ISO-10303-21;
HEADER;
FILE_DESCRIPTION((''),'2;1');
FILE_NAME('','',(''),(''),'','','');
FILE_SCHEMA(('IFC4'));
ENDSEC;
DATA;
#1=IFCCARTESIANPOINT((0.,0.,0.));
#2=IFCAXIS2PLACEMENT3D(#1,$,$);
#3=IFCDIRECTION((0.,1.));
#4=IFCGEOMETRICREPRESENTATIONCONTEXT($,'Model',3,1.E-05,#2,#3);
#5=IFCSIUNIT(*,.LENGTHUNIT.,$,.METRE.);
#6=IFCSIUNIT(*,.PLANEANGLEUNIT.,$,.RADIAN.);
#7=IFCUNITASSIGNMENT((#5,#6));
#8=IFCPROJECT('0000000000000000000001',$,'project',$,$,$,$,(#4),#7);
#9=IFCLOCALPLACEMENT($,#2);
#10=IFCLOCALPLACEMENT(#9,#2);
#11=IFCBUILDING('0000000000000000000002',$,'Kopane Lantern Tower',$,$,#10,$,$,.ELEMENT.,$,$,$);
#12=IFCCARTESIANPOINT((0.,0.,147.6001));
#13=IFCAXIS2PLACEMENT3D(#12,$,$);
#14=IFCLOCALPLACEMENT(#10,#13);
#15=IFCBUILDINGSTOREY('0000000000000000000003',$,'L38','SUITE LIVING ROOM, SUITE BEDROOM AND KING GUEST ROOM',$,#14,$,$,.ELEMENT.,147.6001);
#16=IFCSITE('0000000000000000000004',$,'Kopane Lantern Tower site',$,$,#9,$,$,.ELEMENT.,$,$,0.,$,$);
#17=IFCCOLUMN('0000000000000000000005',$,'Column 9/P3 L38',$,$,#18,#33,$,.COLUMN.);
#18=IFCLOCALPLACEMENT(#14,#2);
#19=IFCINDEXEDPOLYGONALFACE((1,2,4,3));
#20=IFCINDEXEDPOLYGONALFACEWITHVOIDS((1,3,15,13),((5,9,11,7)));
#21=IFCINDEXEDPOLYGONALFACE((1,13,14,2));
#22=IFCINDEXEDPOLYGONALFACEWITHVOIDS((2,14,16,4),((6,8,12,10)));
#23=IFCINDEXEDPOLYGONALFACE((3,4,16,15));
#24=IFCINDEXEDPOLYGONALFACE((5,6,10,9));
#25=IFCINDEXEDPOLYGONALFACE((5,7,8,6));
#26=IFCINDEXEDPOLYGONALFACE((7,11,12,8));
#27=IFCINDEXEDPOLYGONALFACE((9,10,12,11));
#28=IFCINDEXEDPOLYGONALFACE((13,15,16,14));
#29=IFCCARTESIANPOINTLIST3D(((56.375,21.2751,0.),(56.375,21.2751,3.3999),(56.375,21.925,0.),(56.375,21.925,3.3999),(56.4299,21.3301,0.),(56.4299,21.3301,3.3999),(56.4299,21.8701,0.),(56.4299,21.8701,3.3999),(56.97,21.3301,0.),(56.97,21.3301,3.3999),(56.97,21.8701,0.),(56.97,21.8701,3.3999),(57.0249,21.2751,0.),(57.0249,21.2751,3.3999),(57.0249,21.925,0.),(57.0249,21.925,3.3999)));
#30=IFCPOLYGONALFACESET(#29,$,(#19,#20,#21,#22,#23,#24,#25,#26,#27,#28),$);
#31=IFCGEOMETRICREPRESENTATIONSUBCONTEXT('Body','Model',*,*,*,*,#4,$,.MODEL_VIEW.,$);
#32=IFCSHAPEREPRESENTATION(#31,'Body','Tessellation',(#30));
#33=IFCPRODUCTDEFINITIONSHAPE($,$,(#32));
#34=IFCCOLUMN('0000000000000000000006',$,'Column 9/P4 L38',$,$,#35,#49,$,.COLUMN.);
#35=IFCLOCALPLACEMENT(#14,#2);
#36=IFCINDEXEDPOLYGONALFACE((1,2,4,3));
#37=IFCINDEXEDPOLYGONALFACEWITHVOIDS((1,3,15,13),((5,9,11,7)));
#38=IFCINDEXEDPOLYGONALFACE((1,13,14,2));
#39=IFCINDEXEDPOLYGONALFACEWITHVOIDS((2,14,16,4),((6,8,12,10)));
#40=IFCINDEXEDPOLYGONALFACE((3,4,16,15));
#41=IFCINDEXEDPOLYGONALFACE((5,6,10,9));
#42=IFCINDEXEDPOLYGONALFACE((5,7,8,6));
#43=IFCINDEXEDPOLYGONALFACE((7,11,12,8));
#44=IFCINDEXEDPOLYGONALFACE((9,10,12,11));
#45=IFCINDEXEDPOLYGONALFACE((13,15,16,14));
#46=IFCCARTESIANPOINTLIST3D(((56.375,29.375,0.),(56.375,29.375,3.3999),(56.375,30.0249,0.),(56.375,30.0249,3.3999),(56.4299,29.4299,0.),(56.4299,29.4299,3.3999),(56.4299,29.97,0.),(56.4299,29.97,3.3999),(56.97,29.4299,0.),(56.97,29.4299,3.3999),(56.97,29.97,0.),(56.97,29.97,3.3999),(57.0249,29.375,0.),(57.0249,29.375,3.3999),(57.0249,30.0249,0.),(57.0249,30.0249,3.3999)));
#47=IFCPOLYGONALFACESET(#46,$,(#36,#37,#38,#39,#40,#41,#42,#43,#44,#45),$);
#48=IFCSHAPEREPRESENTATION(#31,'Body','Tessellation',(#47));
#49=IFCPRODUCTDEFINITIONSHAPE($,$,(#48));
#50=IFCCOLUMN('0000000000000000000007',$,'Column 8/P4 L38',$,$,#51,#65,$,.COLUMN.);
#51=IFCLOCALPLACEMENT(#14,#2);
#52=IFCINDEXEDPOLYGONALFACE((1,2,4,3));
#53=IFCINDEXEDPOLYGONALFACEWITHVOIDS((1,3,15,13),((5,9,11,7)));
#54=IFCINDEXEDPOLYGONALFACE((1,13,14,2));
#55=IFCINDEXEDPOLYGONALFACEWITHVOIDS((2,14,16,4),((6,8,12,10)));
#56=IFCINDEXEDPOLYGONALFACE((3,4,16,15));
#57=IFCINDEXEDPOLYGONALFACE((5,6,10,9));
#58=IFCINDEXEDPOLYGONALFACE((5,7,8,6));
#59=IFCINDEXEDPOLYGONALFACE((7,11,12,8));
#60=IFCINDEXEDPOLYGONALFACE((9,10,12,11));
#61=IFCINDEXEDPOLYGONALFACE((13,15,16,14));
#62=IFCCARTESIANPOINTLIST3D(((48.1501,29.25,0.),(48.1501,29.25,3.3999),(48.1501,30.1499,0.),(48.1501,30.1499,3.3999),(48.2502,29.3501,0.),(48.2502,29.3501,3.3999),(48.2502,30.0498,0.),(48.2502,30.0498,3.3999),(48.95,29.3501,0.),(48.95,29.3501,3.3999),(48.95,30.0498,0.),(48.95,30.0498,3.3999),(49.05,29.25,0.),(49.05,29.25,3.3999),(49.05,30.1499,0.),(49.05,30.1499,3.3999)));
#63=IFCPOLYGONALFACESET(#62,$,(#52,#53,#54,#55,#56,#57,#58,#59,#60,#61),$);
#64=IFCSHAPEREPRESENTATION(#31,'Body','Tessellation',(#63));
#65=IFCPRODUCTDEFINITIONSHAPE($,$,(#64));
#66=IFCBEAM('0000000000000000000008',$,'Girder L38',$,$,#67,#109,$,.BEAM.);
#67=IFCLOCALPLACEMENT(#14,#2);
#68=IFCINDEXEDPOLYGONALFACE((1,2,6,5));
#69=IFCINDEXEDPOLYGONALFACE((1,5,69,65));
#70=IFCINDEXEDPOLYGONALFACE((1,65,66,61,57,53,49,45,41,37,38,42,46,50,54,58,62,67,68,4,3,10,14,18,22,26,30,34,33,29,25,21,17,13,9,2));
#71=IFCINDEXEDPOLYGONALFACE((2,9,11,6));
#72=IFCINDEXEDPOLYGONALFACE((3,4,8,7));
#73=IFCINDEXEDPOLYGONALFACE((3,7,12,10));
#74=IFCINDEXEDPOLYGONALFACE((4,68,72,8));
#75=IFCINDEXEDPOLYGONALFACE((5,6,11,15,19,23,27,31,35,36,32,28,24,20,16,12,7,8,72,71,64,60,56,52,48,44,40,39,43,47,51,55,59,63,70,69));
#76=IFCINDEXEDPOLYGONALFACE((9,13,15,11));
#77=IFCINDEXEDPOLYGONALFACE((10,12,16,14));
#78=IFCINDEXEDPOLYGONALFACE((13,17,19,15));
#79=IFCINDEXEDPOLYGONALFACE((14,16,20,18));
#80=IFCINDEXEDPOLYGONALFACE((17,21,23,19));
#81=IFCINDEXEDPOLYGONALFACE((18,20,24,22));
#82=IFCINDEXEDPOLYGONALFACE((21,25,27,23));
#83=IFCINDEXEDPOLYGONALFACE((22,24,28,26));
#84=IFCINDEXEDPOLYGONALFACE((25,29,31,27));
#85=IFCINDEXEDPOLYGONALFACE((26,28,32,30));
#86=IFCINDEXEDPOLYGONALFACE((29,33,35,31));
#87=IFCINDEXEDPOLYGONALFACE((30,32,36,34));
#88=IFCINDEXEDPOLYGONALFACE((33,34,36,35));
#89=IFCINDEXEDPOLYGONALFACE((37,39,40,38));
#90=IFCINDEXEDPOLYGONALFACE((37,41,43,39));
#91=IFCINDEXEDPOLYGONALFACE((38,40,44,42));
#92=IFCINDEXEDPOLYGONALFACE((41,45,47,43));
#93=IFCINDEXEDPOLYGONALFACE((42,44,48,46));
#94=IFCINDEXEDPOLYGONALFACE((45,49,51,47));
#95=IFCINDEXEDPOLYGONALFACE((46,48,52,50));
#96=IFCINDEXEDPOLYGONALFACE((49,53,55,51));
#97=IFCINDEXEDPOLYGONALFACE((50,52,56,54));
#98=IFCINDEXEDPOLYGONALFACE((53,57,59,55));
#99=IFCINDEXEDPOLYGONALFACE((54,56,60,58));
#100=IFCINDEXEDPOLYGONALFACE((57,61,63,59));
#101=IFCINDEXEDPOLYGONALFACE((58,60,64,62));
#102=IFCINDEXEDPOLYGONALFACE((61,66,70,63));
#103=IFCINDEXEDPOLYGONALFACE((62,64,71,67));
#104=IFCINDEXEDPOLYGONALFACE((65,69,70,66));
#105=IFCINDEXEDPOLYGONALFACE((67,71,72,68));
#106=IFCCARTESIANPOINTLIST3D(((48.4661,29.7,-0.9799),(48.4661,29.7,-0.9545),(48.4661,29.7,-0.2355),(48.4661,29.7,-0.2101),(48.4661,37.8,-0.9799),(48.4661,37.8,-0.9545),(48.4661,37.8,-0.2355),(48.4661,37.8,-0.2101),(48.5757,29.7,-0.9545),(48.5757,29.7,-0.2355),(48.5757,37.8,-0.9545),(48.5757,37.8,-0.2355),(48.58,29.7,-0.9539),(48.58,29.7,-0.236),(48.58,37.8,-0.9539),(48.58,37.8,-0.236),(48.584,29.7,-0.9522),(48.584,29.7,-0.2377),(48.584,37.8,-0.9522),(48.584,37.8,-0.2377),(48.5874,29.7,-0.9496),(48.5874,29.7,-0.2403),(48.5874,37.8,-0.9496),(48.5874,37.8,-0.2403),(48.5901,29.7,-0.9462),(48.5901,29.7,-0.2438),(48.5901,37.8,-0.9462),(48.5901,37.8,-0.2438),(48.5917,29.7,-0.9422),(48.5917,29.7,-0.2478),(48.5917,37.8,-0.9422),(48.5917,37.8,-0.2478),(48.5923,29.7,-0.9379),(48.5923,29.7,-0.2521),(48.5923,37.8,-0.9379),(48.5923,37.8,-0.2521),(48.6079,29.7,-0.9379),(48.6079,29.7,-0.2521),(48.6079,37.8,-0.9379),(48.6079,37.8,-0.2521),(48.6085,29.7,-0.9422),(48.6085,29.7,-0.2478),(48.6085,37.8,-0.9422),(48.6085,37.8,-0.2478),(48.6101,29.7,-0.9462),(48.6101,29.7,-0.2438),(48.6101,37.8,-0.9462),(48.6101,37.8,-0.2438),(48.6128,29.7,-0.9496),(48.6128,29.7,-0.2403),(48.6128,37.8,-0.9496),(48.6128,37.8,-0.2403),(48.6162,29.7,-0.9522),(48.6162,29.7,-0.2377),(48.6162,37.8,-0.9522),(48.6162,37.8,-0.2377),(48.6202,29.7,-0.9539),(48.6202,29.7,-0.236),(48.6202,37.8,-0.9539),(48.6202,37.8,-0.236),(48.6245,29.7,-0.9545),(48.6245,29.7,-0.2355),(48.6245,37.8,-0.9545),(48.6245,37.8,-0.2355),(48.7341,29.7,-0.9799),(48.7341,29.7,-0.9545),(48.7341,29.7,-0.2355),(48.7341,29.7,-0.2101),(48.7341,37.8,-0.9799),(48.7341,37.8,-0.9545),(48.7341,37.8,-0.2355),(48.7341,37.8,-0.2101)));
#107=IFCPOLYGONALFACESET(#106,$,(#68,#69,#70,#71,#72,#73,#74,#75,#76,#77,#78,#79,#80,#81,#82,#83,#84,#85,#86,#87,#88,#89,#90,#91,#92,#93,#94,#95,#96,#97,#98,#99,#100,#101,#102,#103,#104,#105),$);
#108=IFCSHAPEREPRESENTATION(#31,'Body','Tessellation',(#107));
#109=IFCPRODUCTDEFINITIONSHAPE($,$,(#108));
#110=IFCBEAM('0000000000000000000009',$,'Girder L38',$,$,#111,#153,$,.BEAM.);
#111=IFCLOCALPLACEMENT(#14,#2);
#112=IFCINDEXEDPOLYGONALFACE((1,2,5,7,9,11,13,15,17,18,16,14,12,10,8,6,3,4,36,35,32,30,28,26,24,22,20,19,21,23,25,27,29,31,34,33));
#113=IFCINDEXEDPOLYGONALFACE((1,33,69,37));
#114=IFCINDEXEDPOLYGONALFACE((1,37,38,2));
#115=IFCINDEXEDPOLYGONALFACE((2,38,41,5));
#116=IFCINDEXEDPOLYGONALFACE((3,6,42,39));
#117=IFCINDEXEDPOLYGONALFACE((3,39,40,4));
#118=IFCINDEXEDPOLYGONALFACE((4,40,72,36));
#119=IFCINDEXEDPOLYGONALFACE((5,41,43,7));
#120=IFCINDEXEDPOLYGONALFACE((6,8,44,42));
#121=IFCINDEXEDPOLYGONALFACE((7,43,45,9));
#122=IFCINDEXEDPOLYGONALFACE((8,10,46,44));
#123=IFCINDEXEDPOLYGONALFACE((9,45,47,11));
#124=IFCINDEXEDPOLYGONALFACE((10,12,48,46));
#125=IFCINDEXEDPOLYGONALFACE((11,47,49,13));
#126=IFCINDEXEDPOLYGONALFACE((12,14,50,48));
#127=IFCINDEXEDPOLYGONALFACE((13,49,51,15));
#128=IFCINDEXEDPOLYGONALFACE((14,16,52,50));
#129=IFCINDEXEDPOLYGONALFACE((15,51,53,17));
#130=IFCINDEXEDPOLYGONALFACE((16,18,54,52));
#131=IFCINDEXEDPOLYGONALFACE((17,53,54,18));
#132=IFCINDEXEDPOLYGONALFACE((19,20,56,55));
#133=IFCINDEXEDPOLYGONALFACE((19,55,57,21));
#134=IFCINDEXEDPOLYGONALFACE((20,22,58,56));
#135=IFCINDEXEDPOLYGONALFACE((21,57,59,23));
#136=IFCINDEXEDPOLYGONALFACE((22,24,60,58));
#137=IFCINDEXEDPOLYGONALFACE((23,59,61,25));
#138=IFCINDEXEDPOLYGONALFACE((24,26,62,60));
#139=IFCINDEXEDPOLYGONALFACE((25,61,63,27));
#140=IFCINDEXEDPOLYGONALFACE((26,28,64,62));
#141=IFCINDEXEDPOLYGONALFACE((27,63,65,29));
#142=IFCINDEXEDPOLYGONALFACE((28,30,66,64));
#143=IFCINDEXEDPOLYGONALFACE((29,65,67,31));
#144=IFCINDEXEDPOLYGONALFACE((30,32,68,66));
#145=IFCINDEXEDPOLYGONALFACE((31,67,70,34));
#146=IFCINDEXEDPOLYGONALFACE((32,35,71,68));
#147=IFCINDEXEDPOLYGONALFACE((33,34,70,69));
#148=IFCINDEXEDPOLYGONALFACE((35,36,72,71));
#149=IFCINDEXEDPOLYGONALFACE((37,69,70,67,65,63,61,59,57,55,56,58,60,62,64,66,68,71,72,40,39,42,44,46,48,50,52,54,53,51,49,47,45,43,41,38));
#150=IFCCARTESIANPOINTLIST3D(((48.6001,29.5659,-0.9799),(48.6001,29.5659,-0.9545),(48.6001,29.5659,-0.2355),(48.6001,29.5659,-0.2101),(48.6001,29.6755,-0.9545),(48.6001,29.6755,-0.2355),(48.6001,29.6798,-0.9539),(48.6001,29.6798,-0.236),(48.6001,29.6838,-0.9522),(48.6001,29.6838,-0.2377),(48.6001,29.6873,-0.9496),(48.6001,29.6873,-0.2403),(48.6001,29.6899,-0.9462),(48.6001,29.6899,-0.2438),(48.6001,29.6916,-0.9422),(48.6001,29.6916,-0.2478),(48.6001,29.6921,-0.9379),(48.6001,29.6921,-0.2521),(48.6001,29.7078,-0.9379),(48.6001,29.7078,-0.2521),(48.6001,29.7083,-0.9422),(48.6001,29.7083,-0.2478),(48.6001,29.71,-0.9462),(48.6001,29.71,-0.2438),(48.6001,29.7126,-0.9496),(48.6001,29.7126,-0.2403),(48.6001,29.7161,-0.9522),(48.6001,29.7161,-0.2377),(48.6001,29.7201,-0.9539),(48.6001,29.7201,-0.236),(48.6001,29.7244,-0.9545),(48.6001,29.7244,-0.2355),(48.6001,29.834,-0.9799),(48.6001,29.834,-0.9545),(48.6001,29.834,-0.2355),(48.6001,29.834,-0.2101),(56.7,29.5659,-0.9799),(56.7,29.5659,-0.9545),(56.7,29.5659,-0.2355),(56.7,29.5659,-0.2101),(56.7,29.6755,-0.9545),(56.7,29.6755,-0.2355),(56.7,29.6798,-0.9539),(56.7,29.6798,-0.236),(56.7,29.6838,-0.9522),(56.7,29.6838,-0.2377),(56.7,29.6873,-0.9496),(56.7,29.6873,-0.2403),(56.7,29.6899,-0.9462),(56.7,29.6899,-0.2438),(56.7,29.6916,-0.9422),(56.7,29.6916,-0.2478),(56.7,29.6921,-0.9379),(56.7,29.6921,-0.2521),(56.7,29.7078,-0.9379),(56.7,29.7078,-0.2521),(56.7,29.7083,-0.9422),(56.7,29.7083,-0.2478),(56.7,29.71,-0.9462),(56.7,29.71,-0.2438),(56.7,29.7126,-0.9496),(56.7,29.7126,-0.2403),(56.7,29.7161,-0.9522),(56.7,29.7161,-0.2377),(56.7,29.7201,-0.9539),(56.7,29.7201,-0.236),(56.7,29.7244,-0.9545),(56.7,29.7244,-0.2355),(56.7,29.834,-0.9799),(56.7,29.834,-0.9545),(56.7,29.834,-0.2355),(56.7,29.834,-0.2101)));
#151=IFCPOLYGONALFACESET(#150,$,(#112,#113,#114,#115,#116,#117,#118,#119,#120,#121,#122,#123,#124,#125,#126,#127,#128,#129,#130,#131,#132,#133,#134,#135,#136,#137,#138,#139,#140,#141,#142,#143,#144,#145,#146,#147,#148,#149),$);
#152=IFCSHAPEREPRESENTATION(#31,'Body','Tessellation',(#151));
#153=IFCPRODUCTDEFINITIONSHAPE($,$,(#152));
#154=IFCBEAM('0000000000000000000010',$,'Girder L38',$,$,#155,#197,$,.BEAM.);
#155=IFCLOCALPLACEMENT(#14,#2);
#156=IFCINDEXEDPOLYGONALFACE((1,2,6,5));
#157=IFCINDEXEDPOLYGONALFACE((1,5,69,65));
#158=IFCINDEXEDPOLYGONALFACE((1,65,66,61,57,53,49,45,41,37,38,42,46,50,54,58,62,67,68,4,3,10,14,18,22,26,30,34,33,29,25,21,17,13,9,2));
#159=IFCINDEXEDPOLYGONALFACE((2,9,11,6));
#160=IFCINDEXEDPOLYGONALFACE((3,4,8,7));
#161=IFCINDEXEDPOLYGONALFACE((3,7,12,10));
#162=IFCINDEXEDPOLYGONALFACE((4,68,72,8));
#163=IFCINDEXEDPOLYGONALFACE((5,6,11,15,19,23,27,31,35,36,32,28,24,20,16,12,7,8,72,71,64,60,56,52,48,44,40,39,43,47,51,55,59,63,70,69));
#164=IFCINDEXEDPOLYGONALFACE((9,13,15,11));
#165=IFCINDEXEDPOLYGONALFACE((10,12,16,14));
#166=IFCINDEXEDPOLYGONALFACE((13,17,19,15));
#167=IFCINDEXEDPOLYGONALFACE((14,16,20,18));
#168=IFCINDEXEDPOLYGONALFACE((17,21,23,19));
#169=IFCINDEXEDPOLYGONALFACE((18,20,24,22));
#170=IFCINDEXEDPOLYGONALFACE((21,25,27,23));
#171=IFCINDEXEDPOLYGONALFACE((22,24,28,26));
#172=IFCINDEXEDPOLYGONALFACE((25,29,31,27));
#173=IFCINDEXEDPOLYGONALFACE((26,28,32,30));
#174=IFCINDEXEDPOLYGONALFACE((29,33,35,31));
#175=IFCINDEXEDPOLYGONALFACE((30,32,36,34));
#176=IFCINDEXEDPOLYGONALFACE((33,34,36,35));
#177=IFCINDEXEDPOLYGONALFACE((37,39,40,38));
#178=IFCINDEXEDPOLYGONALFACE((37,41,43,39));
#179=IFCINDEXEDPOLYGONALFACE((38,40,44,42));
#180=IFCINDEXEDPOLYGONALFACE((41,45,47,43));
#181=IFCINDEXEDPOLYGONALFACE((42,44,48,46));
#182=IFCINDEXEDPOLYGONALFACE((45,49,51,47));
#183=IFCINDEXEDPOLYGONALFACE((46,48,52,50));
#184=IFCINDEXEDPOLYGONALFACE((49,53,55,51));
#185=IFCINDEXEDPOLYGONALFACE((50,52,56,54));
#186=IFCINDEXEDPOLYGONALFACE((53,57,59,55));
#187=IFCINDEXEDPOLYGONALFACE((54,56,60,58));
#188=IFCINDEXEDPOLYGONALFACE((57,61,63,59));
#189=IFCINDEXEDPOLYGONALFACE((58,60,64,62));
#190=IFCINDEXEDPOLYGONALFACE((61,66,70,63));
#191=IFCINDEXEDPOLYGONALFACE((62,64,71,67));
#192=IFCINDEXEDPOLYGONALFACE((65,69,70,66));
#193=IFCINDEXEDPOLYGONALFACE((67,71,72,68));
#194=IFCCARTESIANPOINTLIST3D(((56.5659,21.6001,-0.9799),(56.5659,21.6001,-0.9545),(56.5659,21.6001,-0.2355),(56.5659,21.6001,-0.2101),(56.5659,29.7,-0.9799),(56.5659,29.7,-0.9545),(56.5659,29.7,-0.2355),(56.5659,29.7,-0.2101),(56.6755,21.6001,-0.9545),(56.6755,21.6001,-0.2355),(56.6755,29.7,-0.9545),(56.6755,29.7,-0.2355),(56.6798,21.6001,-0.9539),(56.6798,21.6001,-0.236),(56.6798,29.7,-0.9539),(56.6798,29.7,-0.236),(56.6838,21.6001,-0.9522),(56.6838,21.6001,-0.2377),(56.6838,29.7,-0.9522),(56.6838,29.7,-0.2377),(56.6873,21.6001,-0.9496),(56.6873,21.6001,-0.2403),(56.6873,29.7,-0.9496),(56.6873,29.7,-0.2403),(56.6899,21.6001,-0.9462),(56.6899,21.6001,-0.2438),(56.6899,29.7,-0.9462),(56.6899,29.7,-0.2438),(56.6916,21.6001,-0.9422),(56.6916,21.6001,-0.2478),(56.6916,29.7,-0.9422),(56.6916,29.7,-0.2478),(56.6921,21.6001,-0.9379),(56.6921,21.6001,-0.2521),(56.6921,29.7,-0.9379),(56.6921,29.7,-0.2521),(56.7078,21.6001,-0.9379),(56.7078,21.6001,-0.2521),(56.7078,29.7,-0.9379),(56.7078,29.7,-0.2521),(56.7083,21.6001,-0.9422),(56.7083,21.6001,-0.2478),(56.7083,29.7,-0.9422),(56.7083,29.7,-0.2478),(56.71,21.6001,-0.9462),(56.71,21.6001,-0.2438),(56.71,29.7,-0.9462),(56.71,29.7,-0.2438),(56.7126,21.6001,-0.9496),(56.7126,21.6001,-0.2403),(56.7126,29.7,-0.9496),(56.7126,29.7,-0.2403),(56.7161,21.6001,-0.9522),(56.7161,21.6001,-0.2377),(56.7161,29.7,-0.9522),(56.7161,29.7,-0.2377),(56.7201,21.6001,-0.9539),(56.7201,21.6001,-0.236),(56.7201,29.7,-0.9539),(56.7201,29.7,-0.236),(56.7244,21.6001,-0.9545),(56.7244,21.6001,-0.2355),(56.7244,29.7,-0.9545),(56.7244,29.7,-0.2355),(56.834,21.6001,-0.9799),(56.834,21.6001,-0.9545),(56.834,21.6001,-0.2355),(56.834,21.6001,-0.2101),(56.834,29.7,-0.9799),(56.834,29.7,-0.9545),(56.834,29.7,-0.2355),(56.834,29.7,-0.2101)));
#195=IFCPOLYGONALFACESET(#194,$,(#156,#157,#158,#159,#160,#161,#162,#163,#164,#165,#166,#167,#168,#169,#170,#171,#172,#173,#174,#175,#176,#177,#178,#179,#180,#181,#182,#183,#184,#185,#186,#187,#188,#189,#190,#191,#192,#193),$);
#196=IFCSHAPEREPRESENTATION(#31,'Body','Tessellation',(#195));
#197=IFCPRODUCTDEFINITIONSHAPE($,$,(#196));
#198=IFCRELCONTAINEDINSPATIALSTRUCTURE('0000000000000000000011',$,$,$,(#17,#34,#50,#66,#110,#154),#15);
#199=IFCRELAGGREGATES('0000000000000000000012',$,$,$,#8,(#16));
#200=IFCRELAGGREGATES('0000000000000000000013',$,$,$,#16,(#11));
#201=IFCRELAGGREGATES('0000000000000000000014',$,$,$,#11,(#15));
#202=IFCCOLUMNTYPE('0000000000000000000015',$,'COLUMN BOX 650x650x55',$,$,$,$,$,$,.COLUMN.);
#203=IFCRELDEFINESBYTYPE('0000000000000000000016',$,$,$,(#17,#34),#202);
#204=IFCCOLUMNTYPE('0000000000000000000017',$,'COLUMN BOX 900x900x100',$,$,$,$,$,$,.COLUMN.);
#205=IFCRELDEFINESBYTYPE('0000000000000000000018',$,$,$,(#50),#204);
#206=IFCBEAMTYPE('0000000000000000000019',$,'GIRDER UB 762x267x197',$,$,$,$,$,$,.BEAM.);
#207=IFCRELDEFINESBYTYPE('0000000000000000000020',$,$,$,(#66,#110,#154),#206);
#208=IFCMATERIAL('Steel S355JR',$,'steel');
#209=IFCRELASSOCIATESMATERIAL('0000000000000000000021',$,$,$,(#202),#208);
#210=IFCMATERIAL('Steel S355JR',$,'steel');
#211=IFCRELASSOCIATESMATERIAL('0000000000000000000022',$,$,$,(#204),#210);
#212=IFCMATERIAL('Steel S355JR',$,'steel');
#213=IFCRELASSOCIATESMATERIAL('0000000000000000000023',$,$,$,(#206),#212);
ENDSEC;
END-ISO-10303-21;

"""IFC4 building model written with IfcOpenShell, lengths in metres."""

from ifc_helpers import new_model, si_unit, direction, frame, origin, origin_2d, place, context, subcontext, project, spatial, hollow_rectangle, i_section, extrude, material, material_profile, profile_set, type_object, element, save


model = new_model("IFC4")

# Units and contexts
model_context = context("Model", 3, precision=1e-05, world=origin(), true_north=direction((0.0, 1.0)))
body_context = subcontext(model_context, "Body", "Model", "MODEL_VIEW")
ifc_project = project(units=[si_unit("LENGTHUNIT", "METRE"), si_unit("PLANEANGLEUNIT", "RADIAN")], contexts=[model_context])

# Site, building, storey
site_placement = place(None, origin())
site = spatial("IfcSite", under=ifc_project, at=site_placement, Name="Kopane Lantern Tower site", CompositionType="ELEMENT", RefElevation=0.0)
building_placement = place(site_placement, origin())
building = spatial("IfcBuilding", under=site, at=building_placement, Name="Kopane Lantern Tower", CompositionType="ELEMENT")
storey_placement = place(building_placement, frame((0.0, 0.0, 147.6001)))
storey = spatial("IfcBuildingStorey", under=building, at=storey_placement, Name="L38", Description="SUITE LIVING ROOM, SUITE BEDROOM AND KING GUEST ROOM", CompositionType="ELEMENT", Elevation=147.6001)

# Columns
ifc_material_1 = material(Name="Steel S355JR", Category="steel")
ifc_material_profile_1 = material_profile(ifc_material_1, hollow_rectangle(XDim=0.6499, YDim=0.6499, WallThickness=0.0549, at=origin_2d()), Name="BOX 650x650x55")
ifc_profile_set_1 = profile_set([ifc_material_profile_1], Name="Steel S355JR")
column_type_1 = type_object("IfcColumnType", Name="COLUMN BOX 650x650x55", PredefinedType="COLUMN", material=ifc_profile_set_1)
for number, where, z_axis, x_axis, name in (
    (1, (56.7, 21.6001, 0.0), (0.0, 0.0, 1.0), (1.0, 0.0, 0.0), "Column 9/P3 L38"),
    (2, (56.7, 29.7, 0.0), (0.0, 0.0, 1.0), (1.0, 0.0, 0.0), "Column 9/P4 L38"),
):
    element("IfcColumn", number, at=place(storey_placement, frame(where, z_axis=z_axis, x_axis=x_axis)), inside=storey, type_object=column_type_1, Name=name, PredefinedType="COLUMN", context=body_context, shape_type="SweptSolid", body=[
        extrude(hollow_rectangle(XDim=0.6499, YDim=0.6499, WallThickness=0.0549, at=origin_2d()), origin(), (0.0, 0.0, 1.0), 3.3999),
    ])
ifc_material_2 = material(Name="Steel S355JR", Category="steel")
ifc_material_profile_2 = material_profile(ifc_material_2, hollow_rectangle(XDim=0.8999, YDim=0.8999, WallThickness=0.1001, at=origin_2d()), Name="BOX 900x900x100")
ifc_profile_set_2 = profile_set([ifc_material_profile_2], Name="Steel S355JR")
column_type_2 = type_object("IfcColumnType", Name="COLUMN BOX 900x900x100", PredefinedType="COLUMN", material=ifc_profile_set_2)
column_placement = place(storey_placement, frame((48.6001, 29.7, 0.0), z_axis=(0.0, 0.0, 1.0), x_axis=(1.0, 0.0, 0.0)))
element("IfcColumn", 3, at=column_placement, inside=storey, type_object=column_type_2, Name="Column 8/P4 L38", PredefinedType="COLUMN", context=body_context, shape_type="SweptSolid", body=[
    extrude(hollow_rectangle(XDim=0.8999, YDim=0.8999, WallThickness=0.1001, at=origin_2d()), origin(), (0.0, 0.0, 1.0), 3.3999),
])

# Beams
ifc_material_3 = material(Name="Steel S355JR", Category="steel")
ifc_material_profile_3 = material_profile(ifc_material_3, i_section(OverallWidth=0.2681, OverallDepth=0.7698, WebThickness=0.0156, FlangeThickness=0.0254, FilletRadius=0.0166, at=origin_2d()), Name="UB 762x267x197")
ifc_profile_set_3 = profile_set([ifc_material_profile_3], Name="Steel S355JR")
beam_type = type_object("IfcBeamType", Name="GIRDER UB 762x267x197", PredefinedType="BEAM", material=ifc_profile_set_3)
beam_placement = place(storey_placement, frame((48.6001, 29.7, -0.595), z_axis=(0.0, 1.0, 0.0), x_axis=(-1.0, 0.0, 0.0)))
element("IfcBeam", 4, at=beam_placement, inside=storey, type_object=beam_type, Name="Girder L38", PredefinedType="BEAM", context=body_context, shape_type="SweptSolid", body=[
    extrude(i_section(OverallWidth=0.2681, OverallDepth=0.7698, WebThickness=0.0156, FlangeThickness=0.0254, FilletRadius=0.0166, at=origin_2d()), origin(), (0.0, 0.0, 1.0), 8.1001),
])
for number, where, z_axis, x_axis, name in (
    (5, (48.6001, 29.7, -0.595), (1.0, 0.0, 0.0), (0.0, 1.0, 0.0), "Girder L38"),
    (6, (56.7, 21.6001, -0.595), (0.0, 1.0, 0.0), (-1.0, 0.0, 0.0), "Girder L38"),
):
    element("IfcBeam", number, at=place(storey_placement, frame(where, z_axis=z_axis, x_axis=x_axis)), inside=storey, type_object=beam_type, Name=name, PredefinedType="BEAM", context=body_context, shape_type="SweptSolid", body=[
        extrude(i_section(OverallWidth=0.2681, OverallDepth=0.7698, WebThickness=0.0156, FlangeThickness=0.0254, FilletRadius=0.0166, at=origin_2d()), origin(), (0.0, 0.0, 1.0), 8.0999),
    ])

save(model, "model.ifc")
